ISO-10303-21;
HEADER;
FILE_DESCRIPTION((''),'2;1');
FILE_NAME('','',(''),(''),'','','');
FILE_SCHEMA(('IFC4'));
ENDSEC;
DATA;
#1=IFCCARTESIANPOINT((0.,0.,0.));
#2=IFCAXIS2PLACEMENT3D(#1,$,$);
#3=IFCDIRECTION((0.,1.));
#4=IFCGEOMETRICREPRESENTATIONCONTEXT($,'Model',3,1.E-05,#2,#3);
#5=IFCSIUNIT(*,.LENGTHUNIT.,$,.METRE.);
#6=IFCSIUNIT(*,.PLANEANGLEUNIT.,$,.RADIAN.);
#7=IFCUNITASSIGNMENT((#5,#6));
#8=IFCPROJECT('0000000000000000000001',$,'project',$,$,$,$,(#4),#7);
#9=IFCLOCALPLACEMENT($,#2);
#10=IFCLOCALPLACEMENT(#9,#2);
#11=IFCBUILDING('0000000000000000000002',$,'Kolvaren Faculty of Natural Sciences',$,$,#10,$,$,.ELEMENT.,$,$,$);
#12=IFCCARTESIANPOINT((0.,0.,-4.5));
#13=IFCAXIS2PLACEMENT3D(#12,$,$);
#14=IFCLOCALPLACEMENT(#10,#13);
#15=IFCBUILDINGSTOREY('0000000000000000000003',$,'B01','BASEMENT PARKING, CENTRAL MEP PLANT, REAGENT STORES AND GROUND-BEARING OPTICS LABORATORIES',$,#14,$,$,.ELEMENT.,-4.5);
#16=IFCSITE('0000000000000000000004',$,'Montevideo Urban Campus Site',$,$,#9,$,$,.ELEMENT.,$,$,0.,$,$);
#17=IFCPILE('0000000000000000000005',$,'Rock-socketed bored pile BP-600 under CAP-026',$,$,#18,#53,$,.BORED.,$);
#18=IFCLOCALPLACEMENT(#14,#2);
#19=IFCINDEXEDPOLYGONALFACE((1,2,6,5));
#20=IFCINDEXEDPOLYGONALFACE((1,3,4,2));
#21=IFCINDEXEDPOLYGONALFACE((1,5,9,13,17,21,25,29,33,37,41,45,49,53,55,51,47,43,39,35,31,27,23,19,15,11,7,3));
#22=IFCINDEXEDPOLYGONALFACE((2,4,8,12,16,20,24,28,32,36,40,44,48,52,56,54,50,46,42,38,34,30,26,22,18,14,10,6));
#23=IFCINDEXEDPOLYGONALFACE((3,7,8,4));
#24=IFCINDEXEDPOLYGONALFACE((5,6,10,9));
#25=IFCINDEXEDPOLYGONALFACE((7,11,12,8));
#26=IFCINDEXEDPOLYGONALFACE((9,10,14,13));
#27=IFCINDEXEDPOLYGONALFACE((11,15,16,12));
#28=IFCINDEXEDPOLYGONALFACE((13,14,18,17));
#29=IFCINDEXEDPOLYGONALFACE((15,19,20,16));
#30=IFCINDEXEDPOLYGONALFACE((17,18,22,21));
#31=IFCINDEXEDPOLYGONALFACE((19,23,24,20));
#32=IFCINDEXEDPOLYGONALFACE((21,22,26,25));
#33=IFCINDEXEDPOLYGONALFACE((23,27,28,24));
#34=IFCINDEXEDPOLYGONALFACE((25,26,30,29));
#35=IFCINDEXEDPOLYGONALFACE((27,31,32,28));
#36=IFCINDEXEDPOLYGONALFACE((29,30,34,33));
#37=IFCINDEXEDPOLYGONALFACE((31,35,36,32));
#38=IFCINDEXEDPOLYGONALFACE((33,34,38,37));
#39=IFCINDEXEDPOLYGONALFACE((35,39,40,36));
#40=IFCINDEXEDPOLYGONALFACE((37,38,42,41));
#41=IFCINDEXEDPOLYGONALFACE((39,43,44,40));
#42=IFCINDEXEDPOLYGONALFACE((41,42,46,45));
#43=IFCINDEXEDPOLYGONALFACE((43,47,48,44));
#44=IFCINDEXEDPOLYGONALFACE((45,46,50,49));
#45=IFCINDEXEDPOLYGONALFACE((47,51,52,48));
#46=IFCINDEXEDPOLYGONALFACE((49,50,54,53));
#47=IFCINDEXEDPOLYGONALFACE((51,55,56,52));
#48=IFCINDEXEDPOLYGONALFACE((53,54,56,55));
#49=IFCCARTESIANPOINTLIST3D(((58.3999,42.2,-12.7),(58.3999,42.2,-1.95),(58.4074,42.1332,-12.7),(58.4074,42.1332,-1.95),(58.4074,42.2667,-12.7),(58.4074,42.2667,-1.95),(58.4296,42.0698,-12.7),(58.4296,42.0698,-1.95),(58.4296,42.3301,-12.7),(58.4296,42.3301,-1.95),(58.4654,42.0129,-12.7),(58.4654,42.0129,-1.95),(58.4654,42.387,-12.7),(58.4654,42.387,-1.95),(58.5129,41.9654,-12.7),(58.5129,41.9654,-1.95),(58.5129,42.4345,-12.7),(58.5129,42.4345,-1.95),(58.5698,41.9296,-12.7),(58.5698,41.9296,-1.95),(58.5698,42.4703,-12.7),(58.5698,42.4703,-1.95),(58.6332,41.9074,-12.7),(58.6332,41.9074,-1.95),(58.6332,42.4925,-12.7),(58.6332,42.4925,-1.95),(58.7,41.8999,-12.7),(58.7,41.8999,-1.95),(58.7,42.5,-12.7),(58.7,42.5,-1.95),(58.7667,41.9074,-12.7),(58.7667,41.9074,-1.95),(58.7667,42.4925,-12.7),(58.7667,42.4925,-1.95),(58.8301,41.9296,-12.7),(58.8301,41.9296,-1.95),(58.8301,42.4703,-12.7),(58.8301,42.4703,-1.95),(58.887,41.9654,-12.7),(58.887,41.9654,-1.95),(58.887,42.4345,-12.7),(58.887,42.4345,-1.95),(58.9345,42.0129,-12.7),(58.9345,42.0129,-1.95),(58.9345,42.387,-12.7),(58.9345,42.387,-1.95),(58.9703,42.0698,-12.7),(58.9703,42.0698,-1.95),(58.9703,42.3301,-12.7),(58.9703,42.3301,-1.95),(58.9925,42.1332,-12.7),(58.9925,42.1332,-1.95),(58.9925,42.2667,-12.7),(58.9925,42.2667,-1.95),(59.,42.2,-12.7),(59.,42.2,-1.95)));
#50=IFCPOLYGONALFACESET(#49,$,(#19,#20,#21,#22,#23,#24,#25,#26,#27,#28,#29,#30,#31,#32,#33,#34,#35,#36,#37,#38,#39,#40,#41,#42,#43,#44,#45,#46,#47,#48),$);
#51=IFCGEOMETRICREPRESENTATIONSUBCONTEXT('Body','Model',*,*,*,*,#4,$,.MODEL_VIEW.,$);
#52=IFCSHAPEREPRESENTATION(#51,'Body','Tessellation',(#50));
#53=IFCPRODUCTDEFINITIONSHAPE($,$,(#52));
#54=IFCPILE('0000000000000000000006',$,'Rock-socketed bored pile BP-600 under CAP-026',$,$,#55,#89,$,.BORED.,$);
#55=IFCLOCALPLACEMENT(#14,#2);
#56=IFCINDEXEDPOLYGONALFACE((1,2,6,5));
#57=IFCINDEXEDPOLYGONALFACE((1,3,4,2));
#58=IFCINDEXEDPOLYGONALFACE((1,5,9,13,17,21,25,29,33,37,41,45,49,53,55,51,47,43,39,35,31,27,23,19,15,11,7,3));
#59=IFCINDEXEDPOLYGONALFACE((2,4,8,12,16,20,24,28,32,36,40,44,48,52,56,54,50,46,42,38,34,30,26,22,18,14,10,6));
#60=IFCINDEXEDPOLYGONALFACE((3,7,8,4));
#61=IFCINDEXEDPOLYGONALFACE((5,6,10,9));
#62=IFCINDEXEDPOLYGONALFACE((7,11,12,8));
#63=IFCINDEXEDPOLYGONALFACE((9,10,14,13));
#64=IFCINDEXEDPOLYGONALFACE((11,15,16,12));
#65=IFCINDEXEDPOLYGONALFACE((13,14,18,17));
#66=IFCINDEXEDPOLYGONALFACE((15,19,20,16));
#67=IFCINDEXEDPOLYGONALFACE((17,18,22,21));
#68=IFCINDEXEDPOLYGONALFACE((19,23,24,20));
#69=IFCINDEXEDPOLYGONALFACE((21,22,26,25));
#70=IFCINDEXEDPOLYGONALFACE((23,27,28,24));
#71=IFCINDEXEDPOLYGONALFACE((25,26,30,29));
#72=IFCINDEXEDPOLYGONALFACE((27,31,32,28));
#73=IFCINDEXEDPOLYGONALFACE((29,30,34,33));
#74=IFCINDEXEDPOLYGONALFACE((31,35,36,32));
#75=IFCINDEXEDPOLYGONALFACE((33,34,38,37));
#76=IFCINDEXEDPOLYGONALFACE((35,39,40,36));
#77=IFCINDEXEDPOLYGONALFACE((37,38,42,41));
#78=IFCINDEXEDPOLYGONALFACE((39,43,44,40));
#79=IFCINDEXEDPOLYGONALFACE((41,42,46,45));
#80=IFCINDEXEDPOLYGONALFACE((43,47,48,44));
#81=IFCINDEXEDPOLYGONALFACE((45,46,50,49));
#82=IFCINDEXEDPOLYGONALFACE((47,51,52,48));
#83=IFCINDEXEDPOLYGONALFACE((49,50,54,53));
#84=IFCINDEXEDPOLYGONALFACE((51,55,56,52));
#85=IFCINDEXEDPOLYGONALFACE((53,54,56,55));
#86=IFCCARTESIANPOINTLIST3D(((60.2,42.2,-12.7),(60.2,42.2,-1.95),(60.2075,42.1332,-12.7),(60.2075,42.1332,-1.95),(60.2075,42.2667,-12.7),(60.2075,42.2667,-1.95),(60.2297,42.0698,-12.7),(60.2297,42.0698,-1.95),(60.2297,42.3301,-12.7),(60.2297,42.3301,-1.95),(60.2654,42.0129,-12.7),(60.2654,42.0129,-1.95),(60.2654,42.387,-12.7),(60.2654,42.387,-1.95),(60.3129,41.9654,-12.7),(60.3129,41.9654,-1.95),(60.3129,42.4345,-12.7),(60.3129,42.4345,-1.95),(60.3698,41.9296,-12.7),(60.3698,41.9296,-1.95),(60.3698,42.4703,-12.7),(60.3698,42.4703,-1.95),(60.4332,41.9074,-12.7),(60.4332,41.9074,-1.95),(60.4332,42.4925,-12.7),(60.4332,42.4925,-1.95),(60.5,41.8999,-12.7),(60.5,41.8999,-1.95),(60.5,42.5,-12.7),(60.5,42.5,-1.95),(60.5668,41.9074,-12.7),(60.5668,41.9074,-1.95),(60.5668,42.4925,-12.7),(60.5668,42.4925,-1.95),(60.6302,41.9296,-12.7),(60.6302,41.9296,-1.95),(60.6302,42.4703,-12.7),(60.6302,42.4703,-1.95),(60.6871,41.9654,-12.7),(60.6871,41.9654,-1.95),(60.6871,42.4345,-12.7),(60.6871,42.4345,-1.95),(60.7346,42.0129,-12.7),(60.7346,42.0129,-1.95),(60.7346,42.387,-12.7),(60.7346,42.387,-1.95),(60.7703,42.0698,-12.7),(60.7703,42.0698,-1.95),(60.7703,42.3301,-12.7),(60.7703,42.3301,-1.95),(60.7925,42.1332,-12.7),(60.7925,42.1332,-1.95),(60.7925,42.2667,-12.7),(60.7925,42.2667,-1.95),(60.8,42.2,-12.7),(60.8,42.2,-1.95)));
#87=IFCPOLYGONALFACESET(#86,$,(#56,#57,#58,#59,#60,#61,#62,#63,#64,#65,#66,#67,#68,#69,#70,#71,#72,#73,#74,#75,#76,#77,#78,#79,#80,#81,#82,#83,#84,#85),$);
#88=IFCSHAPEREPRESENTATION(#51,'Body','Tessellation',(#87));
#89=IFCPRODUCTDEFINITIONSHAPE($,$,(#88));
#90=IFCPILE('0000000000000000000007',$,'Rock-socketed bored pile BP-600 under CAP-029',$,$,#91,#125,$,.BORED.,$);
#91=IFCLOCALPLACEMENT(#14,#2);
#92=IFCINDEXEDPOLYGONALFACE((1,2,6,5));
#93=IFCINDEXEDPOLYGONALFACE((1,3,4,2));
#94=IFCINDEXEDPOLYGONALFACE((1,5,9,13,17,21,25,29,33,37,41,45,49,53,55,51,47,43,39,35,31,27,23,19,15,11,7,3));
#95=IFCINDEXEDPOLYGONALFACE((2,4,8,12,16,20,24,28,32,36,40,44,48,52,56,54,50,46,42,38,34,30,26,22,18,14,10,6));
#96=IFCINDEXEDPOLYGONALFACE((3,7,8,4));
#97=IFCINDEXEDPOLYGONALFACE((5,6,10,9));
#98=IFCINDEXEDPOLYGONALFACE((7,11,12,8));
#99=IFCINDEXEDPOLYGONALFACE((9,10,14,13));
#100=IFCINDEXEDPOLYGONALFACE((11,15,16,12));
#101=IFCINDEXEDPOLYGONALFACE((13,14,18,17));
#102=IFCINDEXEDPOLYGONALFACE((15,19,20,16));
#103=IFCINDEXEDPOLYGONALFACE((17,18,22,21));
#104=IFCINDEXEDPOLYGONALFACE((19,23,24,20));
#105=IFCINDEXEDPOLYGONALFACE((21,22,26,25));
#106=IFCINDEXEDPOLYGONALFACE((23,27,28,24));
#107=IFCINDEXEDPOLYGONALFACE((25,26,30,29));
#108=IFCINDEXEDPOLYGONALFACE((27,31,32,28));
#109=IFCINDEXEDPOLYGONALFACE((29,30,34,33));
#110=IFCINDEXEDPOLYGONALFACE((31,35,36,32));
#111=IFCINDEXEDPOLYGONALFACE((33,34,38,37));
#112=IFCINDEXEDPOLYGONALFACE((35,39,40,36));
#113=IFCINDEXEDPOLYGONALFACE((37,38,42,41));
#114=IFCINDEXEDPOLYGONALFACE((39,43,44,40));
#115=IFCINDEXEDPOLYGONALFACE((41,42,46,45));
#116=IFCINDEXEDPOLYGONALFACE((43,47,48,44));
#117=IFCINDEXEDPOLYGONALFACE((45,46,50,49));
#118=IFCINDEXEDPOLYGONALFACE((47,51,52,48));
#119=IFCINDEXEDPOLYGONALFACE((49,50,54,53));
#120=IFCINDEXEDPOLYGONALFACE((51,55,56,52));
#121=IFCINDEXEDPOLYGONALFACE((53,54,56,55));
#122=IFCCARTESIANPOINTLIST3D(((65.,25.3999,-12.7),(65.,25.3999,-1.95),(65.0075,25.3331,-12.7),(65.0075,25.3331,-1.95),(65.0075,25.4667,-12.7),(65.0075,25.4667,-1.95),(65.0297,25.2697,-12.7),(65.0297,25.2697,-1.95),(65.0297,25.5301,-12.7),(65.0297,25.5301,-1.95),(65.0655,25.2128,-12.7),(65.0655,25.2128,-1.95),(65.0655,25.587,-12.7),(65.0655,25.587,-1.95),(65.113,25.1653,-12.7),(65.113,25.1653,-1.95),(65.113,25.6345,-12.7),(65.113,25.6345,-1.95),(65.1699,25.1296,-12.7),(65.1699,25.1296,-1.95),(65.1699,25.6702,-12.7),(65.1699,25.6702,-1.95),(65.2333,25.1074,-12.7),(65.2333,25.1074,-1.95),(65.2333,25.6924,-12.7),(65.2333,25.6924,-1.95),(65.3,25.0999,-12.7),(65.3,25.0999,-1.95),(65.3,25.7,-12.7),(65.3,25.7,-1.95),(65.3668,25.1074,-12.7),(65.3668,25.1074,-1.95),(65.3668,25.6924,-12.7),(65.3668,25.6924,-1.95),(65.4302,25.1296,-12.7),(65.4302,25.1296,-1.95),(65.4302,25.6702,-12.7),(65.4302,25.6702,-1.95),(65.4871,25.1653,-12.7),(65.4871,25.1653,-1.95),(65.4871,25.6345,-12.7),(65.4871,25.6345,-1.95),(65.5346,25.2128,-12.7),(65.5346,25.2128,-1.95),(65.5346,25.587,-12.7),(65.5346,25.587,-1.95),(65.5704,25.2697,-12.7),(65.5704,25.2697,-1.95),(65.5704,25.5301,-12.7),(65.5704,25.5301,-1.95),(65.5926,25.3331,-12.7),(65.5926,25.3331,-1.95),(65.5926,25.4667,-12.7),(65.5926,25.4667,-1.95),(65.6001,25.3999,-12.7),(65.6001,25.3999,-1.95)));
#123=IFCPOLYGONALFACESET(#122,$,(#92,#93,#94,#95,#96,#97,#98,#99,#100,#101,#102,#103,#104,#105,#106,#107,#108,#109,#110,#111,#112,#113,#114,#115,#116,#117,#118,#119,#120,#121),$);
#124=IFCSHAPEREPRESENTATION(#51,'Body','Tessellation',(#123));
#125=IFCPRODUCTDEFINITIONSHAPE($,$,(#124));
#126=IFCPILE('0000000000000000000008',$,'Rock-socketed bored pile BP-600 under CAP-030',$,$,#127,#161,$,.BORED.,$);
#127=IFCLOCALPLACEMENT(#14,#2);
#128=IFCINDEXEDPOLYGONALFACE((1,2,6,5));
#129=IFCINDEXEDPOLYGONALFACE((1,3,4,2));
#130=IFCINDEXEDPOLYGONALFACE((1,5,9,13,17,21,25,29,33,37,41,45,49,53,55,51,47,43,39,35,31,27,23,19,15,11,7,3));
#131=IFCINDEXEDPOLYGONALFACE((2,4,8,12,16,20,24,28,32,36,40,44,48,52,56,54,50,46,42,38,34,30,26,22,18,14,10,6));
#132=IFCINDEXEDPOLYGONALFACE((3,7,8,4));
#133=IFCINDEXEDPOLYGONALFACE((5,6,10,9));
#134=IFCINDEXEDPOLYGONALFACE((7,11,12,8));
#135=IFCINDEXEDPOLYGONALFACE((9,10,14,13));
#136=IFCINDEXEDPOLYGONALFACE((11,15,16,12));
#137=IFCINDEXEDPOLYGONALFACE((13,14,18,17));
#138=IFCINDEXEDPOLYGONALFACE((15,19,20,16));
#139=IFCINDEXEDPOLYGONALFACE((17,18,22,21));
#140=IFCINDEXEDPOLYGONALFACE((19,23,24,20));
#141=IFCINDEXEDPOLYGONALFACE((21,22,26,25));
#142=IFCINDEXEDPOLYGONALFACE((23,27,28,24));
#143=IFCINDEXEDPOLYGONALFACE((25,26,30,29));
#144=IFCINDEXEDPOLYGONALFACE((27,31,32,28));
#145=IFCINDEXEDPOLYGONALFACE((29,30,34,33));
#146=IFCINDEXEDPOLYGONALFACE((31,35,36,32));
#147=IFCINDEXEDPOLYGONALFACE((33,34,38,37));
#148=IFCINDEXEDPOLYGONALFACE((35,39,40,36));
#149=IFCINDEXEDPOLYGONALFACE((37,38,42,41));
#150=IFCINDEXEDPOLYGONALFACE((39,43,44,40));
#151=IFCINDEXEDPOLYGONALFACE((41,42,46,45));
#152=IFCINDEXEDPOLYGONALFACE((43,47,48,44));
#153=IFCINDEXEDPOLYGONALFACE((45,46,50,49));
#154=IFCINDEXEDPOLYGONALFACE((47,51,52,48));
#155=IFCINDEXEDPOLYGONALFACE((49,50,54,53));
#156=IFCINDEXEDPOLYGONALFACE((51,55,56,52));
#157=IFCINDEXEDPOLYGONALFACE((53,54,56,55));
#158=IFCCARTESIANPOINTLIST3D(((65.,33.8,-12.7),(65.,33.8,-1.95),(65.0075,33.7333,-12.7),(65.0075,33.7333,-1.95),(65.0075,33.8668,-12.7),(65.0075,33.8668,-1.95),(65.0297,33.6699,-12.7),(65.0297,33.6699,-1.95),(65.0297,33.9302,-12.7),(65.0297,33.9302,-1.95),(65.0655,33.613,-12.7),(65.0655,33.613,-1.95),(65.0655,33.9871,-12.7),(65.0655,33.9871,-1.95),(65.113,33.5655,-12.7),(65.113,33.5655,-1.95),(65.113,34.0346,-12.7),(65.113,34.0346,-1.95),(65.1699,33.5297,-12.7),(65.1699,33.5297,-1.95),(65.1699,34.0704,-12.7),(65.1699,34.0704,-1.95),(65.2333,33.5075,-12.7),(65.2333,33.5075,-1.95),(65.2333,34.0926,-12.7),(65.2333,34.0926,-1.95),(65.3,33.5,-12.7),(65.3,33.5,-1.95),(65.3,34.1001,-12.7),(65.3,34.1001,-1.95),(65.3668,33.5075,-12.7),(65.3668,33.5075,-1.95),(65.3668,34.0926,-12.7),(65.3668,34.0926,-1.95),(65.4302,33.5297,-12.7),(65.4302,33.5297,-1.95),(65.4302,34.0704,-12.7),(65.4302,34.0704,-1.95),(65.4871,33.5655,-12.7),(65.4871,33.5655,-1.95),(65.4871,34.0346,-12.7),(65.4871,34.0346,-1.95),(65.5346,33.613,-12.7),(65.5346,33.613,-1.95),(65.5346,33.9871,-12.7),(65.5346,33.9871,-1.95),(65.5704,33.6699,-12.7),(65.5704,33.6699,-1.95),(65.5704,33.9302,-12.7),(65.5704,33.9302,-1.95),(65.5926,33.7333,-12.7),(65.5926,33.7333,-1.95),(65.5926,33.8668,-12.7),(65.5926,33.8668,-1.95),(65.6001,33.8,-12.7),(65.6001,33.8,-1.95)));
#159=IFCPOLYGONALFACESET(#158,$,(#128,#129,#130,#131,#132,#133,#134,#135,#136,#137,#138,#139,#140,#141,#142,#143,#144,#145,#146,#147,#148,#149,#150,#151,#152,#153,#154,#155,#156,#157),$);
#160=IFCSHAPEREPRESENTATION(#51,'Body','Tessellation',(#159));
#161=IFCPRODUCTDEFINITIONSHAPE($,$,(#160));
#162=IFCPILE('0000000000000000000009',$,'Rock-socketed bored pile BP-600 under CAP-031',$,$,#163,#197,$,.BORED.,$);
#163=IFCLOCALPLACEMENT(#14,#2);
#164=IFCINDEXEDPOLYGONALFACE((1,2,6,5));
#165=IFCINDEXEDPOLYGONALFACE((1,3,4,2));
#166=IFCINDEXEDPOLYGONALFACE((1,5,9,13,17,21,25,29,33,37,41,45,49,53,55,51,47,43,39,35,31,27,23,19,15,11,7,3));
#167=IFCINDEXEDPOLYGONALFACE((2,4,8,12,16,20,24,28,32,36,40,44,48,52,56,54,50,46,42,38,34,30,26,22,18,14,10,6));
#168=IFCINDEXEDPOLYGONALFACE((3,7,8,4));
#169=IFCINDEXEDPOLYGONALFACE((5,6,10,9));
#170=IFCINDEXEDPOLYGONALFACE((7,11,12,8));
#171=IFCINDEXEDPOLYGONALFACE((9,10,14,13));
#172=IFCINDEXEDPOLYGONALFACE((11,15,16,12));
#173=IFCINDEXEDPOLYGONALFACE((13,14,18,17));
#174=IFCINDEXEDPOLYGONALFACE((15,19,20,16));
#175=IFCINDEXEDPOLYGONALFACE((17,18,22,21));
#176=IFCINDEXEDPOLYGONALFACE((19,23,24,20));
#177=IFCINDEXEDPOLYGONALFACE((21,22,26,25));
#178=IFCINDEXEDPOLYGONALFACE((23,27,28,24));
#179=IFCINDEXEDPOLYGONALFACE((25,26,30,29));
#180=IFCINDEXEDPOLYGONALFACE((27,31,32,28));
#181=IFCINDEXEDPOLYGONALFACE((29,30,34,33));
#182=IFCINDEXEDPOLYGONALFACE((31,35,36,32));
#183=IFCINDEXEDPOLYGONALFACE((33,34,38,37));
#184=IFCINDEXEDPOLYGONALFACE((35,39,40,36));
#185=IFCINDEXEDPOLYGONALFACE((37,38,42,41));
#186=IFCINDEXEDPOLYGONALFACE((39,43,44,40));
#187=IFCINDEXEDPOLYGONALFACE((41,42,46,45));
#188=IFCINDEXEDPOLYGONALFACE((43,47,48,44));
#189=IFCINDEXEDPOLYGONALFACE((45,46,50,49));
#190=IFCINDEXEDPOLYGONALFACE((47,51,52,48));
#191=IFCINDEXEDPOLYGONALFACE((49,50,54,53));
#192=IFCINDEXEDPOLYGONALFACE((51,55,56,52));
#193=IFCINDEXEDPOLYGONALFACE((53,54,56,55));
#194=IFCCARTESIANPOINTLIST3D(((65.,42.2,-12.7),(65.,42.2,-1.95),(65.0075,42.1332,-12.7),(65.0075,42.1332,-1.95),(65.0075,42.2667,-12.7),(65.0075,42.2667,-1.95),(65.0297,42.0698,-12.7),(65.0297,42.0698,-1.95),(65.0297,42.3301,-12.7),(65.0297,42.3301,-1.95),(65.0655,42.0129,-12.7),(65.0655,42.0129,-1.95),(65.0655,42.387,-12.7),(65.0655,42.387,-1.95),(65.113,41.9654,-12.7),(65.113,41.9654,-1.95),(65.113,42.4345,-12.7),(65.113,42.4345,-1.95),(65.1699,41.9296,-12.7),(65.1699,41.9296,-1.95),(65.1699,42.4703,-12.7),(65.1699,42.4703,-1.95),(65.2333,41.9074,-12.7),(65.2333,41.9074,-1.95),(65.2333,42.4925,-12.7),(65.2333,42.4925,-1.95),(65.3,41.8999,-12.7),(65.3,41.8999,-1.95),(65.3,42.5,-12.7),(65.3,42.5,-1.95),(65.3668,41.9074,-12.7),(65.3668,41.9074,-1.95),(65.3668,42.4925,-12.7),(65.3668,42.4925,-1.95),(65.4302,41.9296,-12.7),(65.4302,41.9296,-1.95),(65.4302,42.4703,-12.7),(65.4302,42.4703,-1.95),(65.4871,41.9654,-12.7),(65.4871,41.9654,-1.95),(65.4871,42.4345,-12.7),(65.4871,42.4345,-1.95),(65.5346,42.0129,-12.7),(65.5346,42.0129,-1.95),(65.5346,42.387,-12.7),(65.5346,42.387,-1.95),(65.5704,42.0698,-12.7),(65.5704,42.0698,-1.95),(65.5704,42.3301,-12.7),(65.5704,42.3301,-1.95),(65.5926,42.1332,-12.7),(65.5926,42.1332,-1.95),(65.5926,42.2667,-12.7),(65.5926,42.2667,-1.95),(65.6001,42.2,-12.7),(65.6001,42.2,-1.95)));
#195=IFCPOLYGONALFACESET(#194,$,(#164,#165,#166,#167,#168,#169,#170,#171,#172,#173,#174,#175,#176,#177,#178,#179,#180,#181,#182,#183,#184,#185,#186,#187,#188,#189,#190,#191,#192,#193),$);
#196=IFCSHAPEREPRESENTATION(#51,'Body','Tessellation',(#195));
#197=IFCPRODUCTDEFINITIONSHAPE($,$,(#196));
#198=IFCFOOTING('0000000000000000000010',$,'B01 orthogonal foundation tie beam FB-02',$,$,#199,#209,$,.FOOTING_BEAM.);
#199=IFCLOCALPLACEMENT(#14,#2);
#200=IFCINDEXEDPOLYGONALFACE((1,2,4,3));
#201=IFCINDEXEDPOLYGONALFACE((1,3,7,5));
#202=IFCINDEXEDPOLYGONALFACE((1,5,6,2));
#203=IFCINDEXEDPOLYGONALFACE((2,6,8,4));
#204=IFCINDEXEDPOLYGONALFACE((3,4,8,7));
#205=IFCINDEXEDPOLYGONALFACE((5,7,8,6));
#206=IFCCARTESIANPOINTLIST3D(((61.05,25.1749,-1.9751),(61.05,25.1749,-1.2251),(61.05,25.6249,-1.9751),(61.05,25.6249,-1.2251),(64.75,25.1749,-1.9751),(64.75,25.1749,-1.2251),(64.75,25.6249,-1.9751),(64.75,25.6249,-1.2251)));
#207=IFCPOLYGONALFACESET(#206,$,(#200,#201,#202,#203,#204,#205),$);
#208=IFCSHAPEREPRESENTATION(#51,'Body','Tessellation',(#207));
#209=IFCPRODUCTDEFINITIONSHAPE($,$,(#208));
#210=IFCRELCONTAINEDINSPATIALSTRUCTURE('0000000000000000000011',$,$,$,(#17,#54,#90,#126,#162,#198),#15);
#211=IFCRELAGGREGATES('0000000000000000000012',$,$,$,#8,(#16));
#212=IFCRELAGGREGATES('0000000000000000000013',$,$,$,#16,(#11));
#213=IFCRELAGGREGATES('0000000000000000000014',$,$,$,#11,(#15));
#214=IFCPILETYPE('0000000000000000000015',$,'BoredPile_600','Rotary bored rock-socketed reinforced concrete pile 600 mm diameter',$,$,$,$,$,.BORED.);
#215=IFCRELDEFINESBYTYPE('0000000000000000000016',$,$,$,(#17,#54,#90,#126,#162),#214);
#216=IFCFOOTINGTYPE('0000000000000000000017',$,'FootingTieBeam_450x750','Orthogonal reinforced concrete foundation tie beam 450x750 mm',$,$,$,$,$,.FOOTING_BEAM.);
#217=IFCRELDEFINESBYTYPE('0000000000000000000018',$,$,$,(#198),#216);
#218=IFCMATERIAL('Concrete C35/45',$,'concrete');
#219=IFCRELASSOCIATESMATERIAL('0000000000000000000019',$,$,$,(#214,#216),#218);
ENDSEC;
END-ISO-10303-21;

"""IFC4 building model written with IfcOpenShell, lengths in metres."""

from ifc_helpers import new_model, si_unit, direction, frame, origin, origin_2d, place, context, subcontext, project, spatial, rectangle, circle, extrude, material, material_profile, profile_set, type_object, element, save


model = new_model("IFC4")

# Units and contexts
model_context = context("Model", 3, precision=1e-05, world=origin(), true_north=direction((0.0, 1.0)))
body_context = subcontext(model_context, "Body", "Model", "MODEL_VIEW")
ifc_project = project(units=[si_unit("LENGTHUNIT", "METRE"), si_unit("PLANEANGLEUNIT", "RADIAN")], contexts=[model_context])

# Site, building, storey
site_placement = place(None, origin())
site = spatial("IfcSite", under=ifc_project, at=site_placement, Name="Montevideo Urban Campus Site", CompositionType="ELEMENT", RefElevation=0.0)
building_placement = place(site_placement, origin())
building = spatial("IfcBuilding", under=site, at=building_placement, Name="Kolvaren Faculty of Natural Sciences", CompositionType="ELEMENT")
storey_placement = place(building_placement, frame((0.0, 0.0, -4.5)))
storey = spatial("IfcBuildingStorey", under=building, at=storey_placement, Name="B01", Description="BASEMENT PARKING, CENTRAL MEP PLANT, REAGENT STORES AND GROUND-BEARING OPTICS LABORATORIES", CompositionType="ELEMENT", Elevation=-4.5)

# Piles
ifc_material = material(Name="Concrete C35/45", Category="concrete")
ifc_material_profile_1 = material_profile(ifc_material, circle(Radius=0.3, at=origin_2d()), Name="PILE D600")
ifc_profile_set_1 = profile_set([ifc_material_profile_1], Name="Concrete C35/45")
pile_type = type_object("IfcPileType", Name="BoredPile_600", Description="Rotary bored rock-socketed reinforced concrete pile 600 mm diameter", PredefinedType="BORED", material=ifc_profile_set_1)
for number, where, z_axis, x_axis, name in (
    (1, (58.7, 42.2, -1.95), (0.0, 0.0, -1.0), (1.0, 0.0, 0.0), "Rock-socketed bored pile BP-600 under CAP-026"),
    (2, (60.5, 42.2, -1.95), (0.0, 0.0, -1.0), (1.0, 0.0, 0.0), "Rock-socketed bored pile BP-600 under CAP-026"),
    (3, (65.3, 25.3999, -1.95), (0.0, 0.0, -1.0), (1.0, 0.0, 0.0), "Rock-socketed bored pile BP-600 under CAP-029"),
    (4, (65.3, 33.8, -1.95), (0.0, 0.0, -1.0), (1.0, 0.0, 0.0), "Rock-socketed bored pile BP-600 under CAP-030"),
    (5, (65.3, 42.2, -1.95), (0.0, 0.0, -1.0), (1.0, 0.0, 0.0), "Rock-socketed bored pile BP-600 under CAP-031"),
):
    element("IfcPile", number, at=place(storey_placement, frame(where, z_axis=z_axis, x_axis=x_axis)), inside=storey, type_object=pile_type, Name=name, PredefinedType="BORED", context=body_context, shape_type="SweptSolid", body=[
        extrude(circle(Radius=0.3, at=origin_2d()), origin(), (0.0, 0.0, 1.0), 10.75),
    ])

# Footing
ifc_material_profile_2 = material_profile(ifc_material, rectangle(XDim=0.45, YDim=0.75, at=origin_2d()), Name="RC FB 450x750")
ifc_profile_set_2 = profile_set([ifc_material_profile_2], Name="Concrete C35/45")
footing_type_1 = type_object("IfcFootingType", Name="FootingTieBeam_450x750", Description="Orthogonal reinforced concrete foundation tie beam 450x750 mm", PredefinedType="FOOTING_BEAM", material=ifc_profile_set_2)
for number, where, z_axis, x_axis, name in (
    (6, (61.05, 25.3999, -1.6001), (1.0, 0.0, 0.0), (0.0, 1.0, 0.0), "B01 orthogonal foundation tie beam FB-02"),
):
    element("IfcFooting", number, at=place(storey_placement, frame(where, z_axis=z_axis, x_axis=x_axis)), inside=storey, type_object=footing_type_1, Name=name, PredefinedType="FOOTING_BEAM", context=body_context, shape_type="SweptSolid", body=[
        extrude(rectangle(XDim=0.45, YDim=0.75, at=origin_2d()), origin(), (0.0, 0.0, 1.0), 3.7),
    ])

save(model, "model.ifc")
